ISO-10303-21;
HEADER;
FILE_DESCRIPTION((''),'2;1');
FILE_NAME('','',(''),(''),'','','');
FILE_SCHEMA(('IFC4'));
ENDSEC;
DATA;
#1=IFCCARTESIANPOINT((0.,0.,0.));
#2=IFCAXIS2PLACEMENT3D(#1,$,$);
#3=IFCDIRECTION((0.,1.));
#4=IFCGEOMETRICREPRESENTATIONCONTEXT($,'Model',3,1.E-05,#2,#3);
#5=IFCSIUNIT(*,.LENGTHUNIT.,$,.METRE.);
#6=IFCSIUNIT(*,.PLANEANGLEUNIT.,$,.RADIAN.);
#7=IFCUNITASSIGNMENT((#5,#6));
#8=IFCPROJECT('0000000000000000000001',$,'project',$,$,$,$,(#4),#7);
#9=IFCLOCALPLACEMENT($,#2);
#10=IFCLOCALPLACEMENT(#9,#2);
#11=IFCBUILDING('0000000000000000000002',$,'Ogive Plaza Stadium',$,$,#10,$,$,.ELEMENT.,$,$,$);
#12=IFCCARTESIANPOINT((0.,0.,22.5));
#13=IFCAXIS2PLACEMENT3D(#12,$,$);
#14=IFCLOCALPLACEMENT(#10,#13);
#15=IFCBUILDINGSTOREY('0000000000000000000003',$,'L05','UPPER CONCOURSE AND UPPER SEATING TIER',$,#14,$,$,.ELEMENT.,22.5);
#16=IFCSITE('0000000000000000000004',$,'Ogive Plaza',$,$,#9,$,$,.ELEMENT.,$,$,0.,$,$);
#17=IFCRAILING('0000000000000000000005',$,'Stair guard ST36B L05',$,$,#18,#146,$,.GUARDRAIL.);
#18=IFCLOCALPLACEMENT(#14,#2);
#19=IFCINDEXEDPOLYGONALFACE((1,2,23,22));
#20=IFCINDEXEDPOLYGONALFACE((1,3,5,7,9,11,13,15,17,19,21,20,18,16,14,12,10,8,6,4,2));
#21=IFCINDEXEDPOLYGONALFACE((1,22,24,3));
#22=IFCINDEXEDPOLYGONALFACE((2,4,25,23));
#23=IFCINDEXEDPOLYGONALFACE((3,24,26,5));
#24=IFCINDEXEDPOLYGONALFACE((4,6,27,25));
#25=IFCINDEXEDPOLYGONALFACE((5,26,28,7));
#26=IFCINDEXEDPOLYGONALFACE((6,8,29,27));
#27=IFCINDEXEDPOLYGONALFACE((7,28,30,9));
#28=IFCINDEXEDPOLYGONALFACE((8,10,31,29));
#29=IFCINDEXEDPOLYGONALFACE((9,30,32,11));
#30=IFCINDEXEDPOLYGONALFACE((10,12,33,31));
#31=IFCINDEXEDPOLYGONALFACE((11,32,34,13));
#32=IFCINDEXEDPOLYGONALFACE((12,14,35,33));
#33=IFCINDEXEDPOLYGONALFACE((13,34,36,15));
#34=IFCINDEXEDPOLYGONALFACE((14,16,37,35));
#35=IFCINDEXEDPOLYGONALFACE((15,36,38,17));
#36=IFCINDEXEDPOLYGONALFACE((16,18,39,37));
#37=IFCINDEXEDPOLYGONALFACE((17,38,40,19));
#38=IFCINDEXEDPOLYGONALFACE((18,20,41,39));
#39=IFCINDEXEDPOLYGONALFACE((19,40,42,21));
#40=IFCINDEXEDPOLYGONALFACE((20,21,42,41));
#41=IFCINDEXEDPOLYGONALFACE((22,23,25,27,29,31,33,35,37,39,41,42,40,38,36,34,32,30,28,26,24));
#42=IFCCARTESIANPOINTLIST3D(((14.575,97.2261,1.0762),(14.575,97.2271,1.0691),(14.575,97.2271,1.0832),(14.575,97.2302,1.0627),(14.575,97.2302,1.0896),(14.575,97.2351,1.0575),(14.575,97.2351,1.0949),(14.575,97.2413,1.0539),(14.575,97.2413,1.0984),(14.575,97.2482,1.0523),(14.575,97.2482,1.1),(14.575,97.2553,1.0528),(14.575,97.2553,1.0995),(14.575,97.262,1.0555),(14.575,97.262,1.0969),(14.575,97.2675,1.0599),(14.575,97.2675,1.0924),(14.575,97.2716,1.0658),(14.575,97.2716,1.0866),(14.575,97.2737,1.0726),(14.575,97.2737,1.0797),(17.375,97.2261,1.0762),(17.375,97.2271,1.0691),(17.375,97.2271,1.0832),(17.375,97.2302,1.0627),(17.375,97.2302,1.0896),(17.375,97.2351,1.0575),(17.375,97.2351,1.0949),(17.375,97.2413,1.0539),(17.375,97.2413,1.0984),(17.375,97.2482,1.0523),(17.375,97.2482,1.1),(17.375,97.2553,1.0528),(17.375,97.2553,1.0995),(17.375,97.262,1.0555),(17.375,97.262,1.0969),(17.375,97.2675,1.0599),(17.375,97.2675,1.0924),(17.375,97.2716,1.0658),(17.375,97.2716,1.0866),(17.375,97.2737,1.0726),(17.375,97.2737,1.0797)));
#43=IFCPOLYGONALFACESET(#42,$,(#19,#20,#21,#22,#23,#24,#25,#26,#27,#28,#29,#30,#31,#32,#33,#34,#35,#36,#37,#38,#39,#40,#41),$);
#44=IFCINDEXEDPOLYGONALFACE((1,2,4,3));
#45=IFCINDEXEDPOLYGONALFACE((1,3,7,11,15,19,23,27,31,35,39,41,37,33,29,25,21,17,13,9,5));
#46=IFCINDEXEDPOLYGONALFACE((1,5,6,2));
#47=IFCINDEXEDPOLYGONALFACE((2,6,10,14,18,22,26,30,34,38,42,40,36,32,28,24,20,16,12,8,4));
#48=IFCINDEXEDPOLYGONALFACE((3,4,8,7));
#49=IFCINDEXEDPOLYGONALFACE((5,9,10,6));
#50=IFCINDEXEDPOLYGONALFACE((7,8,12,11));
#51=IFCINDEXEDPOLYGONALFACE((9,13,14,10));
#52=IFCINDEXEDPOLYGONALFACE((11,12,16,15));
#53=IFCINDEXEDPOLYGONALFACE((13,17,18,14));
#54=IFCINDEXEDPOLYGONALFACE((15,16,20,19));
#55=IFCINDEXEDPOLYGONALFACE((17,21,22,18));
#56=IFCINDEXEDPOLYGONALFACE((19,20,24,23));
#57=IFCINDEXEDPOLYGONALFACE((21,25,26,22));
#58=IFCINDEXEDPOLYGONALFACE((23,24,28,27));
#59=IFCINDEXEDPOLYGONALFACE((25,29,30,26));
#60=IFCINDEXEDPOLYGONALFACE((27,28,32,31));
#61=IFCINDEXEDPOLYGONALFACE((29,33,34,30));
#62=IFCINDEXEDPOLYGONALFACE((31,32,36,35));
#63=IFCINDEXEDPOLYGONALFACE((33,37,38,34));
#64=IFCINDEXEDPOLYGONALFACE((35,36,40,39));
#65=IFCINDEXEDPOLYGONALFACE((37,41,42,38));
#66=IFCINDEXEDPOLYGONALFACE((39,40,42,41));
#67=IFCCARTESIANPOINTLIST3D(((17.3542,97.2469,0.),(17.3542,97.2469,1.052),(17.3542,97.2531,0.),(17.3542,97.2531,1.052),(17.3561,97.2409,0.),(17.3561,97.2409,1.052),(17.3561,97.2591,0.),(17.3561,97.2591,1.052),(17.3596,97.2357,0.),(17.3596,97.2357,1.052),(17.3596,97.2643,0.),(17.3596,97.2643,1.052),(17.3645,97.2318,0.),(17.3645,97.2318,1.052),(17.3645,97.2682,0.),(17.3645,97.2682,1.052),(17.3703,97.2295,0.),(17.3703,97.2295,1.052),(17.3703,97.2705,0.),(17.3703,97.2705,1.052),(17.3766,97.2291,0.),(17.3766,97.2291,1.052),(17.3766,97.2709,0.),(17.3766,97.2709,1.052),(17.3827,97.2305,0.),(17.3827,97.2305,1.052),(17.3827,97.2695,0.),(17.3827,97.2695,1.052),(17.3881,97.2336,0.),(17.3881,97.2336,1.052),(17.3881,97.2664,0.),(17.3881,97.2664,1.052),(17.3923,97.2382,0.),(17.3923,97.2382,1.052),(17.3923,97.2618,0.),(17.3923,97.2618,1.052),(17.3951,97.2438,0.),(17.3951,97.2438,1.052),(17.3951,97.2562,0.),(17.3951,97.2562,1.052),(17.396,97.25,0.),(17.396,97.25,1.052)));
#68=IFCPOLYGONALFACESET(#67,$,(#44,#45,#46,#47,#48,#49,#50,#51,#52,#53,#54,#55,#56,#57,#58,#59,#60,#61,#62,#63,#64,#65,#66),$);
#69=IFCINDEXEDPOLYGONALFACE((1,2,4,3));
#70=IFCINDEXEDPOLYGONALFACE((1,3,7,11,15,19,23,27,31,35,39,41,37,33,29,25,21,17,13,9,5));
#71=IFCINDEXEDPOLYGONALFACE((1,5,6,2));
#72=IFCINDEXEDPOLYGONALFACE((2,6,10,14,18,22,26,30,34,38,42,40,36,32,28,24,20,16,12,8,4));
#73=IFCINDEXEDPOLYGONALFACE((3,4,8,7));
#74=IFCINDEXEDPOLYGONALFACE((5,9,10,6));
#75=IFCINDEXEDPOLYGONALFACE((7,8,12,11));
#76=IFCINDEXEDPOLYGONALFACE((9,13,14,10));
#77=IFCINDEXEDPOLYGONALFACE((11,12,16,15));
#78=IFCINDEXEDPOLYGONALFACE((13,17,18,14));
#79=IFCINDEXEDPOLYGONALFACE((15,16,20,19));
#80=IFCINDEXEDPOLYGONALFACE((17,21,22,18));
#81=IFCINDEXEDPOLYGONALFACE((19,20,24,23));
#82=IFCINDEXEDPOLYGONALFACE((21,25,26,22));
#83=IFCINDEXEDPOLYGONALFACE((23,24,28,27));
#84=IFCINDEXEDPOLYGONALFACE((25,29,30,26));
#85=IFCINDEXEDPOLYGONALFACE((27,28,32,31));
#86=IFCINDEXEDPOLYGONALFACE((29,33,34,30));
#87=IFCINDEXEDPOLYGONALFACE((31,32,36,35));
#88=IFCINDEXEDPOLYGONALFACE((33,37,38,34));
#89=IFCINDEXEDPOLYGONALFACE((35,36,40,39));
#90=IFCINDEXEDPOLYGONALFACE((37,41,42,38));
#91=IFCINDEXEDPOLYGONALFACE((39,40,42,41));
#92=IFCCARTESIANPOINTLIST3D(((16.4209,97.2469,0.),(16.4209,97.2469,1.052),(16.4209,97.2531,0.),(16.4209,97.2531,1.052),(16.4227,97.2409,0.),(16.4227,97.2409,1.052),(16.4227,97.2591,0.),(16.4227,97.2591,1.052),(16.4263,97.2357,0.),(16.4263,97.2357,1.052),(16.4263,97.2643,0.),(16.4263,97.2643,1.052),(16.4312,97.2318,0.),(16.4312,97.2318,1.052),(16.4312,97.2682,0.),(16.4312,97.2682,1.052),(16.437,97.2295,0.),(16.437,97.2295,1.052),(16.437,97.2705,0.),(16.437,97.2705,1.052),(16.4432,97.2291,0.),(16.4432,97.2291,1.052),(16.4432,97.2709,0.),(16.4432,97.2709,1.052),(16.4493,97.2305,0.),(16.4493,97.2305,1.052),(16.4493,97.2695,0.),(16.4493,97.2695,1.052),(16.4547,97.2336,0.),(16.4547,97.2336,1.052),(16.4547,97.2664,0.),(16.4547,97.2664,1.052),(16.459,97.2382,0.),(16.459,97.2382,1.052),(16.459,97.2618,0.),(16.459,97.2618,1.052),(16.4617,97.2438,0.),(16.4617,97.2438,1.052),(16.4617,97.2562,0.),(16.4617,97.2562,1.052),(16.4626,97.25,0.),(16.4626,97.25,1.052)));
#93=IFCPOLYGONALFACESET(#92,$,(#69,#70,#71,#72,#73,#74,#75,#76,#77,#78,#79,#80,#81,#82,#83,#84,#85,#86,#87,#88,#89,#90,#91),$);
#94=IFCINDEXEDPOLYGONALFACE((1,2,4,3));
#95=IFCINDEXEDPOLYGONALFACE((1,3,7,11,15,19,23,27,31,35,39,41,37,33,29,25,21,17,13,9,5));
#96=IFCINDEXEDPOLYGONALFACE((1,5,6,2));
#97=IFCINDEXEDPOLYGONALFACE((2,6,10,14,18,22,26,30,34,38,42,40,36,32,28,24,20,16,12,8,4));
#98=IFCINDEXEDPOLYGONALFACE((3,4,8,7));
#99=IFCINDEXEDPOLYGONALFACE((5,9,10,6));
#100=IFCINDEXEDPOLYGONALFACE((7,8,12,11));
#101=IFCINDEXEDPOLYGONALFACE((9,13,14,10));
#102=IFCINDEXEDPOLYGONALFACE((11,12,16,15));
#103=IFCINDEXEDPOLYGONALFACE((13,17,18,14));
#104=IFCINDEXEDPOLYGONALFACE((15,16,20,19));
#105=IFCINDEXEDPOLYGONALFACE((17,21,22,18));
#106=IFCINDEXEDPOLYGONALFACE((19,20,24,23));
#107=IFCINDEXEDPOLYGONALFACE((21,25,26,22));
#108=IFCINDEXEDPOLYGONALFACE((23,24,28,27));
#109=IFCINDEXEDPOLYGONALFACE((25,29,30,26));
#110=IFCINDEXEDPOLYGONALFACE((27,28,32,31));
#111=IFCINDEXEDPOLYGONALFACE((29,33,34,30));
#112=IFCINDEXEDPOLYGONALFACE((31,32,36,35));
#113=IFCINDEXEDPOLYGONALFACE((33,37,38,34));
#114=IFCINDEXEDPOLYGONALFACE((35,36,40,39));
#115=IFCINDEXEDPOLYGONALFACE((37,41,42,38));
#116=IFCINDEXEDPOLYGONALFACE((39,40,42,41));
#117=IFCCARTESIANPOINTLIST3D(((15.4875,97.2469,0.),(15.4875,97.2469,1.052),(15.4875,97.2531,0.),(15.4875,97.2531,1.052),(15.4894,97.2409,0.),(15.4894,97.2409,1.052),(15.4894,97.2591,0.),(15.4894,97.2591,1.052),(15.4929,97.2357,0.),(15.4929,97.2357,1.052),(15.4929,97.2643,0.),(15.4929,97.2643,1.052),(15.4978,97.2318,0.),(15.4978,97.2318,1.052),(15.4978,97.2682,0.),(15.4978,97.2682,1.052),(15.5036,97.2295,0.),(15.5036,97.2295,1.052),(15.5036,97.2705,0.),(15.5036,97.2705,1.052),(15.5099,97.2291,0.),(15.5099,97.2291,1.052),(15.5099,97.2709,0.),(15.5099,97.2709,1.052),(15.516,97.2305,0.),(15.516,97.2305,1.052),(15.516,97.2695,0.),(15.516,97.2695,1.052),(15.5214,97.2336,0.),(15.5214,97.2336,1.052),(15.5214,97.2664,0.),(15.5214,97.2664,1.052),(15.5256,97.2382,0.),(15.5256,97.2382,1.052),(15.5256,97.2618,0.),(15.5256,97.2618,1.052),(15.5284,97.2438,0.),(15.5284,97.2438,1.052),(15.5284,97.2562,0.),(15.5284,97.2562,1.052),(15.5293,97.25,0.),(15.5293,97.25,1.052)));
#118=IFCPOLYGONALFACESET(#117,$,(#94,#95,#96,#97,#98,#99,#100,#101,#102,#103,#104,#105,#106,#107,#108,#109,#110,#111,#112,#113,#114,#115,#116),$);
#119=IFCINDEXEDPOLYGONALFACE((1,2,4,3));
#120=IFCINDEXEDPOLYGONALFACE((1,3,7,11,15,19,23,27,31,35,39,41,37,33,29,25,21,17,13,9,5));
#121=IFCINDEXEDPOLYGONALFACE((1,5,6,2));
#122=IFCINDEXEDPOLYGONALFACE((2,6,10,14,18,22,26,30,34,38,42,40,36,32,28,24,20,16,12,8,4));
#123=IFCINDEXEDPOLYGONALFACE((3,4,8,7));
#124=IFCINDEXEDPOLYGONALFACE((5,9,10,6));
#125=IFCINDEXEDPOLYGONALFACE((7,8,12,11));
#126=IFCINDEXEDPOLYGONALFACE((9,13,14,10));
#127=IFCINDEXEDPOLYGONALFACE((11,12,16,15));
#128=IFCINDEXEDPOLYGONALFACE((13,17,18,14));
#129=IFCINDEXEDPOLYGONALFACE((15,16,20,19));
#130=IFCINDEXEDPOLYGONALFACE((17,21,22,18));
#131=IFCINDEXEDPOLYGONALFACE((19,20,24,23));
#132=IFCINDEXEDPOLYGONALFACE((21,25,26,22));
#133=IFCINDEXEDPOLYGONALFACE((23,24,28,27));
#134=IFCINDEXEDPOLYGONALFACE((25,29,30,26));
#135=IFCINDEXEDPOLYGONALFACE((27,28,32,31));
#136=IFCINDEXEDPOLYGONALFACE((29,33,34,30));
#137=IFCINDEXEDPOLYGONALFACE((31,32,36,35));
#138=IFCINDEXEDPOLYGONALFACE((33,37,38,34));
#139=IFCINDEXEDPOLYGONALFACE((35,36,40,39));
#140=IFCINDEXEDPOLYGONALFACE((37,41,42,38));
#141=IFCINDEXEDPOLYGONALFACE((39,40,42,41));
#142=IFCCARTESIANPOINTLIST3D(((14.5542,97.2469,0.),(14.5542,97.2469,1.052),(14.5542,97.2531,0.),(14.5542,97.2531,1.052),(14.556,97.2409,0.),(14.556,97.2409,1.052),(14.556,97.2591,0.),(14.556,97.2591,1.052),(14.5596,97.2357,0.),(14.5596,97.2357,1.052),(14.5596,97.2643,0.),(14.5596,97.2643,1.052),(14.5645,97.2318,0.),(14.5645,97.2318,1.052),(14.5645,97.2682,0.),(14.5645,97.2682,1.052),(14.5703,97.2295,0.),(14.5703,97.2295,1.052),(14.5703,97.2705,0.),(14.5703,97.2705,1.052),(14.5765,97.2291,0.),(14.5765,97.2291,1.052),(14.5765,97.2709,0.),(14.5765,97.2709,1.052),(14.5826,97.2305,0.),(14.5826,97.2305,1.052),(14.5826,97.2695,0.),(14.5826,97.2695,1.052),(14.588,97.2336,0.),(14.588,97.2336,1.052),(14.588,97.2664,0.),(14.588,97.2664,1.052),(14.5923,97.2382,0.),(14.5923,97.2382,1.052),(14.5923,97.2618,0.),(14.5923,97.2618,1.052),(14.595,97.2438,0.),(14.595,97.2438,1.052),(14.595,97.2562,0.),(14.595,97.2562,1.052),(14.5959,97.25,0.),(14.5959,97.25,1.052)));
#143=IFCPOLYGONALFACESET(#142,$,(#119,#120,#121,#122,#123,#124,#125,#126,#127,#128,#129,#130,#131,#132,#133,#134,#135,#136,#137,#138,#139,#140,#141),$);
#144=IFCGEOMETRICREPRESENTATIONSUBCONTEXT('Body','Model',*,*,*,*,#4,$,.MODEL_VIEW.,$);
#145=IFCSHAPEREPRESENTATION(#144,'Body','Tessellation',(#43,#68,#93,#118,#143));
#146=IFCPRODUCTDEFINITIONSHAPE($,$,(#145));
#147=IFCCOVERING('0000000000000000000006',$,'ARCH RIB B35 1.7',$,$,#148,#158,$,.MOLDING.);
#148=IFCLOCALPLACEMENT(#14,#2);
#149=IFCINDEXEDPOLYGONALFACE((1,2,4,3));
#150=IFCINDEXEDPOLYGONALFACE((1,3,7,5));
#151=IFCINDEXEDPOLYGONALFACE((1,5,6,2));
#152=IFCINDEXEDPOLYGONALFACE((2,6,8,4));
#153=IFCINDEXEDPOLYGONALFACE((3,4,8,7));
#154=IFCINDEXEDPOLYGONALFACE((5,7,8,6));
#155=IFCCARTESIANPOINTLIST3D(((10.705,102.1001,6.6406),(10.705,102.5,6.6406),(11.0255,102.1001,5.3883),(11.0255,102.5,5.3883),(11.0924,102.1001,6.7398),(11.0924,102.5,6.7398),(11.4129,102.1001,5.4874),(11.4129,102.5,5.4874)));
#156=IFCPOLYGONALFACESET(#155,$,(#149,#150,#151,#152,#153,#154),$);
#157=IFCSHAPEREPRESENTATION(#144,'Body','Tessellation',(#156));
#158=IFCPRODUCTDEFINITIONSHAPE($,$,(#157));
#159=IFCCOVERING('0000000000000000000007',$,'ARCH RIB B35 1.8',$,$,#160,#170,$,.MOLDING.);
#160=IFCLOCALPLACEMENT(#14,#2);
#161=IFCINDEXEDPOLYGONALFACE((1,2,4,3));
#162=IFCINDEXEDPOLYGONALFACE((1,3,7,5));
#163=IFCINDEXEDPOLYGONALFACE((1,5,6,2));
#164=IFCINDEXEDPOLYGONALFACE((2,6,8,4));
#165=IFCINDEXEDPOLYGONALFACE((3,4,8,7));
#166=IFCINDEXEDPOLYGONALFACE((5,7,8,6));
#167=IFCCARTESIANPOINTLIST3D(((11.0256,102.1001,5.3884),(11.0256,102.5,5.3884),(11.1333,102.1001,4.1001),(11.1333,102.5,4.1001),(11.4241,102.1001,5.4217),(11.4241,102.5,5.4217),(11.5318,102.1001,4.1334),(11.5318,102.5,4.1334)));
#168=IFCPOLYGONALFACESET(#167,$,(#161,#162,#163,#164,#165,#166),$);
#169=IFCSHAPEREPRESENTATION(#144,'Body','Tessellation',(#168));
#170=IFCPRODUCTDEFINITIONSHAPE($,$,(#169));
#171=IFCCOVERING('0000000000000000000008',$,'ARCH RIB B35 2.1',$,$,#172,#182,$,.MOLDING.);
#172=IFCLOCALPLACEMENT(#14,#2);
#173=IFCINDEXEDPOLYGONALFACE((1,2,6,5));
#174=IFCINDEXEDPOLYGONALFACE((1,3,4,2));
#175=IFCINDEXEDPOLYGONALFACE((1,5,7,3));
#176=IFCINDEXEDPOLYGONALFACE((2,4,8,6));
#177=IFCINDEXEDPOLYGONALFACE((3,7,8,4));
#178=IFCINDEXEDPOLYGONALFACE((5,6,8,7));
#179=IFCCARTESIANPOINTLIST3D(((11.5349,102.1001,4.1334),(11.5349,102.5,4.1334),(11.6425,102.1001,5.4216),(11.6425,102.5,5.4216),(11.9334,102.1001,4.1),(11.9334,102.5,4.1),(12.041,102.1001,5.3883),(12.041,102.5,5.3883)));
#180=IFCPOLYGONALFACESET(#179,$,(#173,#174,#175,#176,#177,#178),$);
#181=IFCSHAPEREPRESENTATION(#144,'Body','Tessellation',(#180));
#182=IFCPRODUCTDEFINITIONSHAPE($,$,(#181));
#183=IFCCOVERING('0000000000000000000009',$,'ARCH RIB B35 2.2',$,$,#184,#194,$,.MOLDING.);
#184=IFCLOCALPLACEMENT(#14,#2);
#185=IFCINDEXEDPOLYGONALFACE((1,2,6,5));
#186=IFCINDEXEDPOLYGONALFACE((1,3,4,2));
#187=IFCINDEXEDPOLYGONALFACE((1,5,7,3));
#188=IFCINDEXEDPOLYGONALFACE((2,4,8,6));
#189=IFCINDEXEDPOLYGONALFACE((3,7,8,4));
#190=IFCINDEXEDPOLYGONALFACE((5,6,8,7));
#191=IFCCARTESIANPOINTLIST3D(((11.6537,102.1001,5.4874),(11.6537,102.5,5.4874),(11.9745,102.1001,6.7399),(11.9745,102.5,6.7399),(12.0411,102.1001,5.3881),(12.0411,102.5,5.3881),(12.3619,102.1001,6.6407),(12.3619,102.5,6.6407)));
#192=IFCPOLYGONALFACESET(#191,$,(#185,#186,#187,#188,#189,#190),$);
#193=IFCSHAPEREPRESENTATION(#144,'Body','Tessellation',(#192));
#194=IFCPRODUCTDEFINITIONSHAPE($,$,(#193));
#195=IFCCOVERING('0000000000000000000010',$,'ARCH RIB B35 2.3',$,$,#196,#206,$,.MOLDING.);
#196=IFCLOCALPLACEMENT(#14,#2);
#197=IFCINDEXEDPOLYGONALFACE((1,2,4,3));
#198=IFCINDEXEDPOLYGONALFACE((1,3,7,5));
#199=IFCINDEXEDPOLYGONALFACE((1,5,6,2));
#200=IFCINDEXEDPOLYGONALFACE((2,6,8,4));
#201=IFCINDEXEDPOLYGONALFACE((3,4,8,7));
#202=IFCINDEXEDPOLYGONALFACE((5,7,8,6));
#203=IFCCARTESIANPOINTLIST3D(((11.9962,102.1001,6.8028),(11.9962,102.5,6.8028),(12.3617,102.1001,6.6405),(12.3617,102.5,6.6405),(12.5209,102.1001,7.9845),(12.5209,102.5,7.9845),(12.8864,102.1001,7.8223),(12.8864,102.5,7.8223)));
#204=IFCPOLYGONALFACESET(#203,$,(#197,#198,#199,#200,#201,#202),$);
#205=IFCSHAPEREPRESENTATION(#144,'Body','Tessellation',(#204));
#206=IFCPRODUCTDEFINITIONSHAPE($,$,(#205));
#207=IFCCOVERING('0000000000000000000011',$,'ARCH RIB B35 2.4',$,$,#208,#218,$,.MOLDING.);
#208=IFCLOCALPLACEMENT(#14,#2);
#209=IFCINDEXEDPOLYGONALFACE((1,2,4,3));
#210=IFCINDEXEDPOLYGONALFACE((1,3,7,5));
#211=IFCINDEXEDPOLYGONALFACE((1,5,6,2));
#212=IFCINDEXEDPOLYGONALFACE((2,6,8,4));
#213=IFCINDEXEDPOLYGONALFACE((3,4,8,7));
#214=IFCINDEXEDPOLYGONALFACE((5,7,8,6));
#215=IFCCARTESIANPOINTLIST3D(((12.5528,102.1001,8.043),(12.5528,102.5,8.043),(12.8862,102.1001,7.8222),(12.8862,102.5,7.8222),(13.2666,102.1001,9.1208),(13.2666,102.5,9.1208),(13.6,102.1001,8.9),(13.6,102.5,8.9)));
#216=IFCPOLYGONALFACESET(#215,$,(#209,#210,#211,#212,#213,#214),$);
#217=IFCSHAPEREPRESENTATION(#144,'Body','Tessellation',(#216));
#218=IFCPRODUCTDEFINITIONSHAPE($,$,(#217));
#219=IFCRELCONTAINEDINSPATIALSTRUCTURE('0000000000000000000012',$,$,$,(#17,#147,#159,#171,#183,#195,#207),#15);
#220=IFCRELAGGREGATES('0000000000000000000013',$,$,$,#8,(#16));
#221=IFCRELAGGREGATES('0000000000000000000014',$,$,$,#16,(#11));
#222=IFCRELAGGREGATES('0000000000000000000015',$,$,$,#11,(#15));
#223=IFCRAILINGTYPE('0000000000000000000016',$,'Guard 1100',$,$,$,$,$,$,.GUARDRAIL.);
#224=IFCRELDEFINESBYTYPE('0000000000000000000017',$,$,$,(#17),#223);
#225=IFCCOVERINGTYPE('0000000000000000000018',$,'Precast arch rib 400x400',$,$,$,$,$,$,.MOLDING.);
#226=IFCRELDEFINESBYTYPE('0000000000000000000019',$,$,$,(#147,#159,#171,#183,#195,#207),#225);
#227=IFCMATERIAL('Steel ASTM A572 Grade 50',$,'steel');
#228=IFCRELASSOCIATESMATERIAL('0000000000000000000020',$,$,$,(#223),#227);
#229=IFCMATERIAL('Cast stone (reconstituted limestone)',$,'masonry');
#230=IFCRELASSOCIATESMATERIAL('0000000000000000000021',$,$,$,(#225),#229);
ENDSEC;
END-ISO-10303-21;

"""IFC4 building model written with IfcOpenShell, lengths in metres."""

from ifc_helpers import new_model, si_unit, direction, frame, origin, origin_2d, place, context, subcontext, project, spatial, rectangle, circle, extrude, material, material_profile, profile_set, type_object, element, save


model = new_model("IFC4")

# Units and contexts
model_context = context("Model", 3, precision=1e-05, world=origin(), true_north=direction((0.0, 1.0)))
body_context = subcontext(model_context, "Body", "Model", "MODEL_VIEW")
ifc_project = project(units=[si_unit("LENGTHUNIT", "METRE"), si_unit("PLANEANGLEUNIT", "RADIAN")], contexts=[model_context])

# Site, building, storey
site_placement = place(None, origin())
site = spatial("IfcSite", under=ifc_project, at=site_placement, Name="Ogive Plaza", CompositionType="ELEMENT", RefElevation=0.0)
building_placement = place(site_placement, origin())
building = spatial("IfcBuilding", under=site, at=building_placement, Name="Ogive Plaza Stadium", CompositionType="ELEMENT")
storey_placement = place(building_placement, frame((0.0, 0.0, 22.5)))
storey = spatial("IfcBuildingStorey", under=building, at=storey_placement, Name="L05", Description="UPPER CONCOURSE AND UPPER SEATING TIER", CompositionType="ELEMENT", Elevation=22.5)

# Railing
ifc_material_1 = material(Name="Steel ASTM A572 Grade 50", Category="steel")
railing_type = type_object("IfcRailingType", Name="Guard 1100", PredefinedType="GUARDRAIL", material=ifc_material_1)
railing_1_placement = place(storey_placement, frame((17.375, 97.25, 0.0)))
element("IfcRailing", 1, at=railing_1_placement, inside=storey, type_object=railing_type, Name="Stair guard ST36B L05", PredefinedType="GUARDRAIL", context=body_context, shape_type="SweptSolid", body=[
    extrude(circle(Radius=0.0239, at=origin_2d()), frame((0.0, 0.0, 1.0762), z_axis=(-1.0, 0.0, 0.0), x_axis=(0.0, -1.0, 0.0)), (0.0, 0.0, 1.0), 2.8),
    extrude(circle(Radius=0.021, at=origin_2d()), origin(), (0.0, 0.0, 1.0), 1.052),
    extrude(circle(Radius=0.021, at=origin_2d()), frame((-0.9333, 0.0, 0.0)), (0.0, 0.0, 1.0), 1.052),
    extrude(circle(Radius=0.021, at=origin_2d()), frame((-1.8667, 0.0, 0.0)), (0.0, 0.0, 1.0), 1.052),
    extrude(circle(Radius=0.021, at=origin_2d()), frame((-2.8, 0.0, 0.0)), (0.0, 0.0, 1.0), 1.052),
])

# Coverings
ifc_material_2 = material(Name="Cast stone (reconstituted limestone)", Category="masonry")
ifc_material_profile_1 = material_profile(ifc_material_2, rectangle(XDim=0.3999, YDim=0.3999, at=origin_2d()), Name="Cast stone 400x400")
ifc_profile_set_1 = profile_set([ifc_material_profile_1], Name="Cast stone (reconstituted limestone)")
covering_type_1 = type_object("IfcCoveringType", Name="Precast arch rib 400x400", PredefinedType="MOLDING", material=ifc_profile_set_1)
for number, where, z_axis, x_axis, name in (
    (2, (10.8987, 102.3, 6.6902), (0.247953, 0.0, -0.968772), (0.0, 1.0, 0.0), "ARCH RIB B35 1.7"),
    (3, (11.2249, 102.3, 5.405), (0.08328, 0.0, -0.996526), (0.0, 1.0, 0.0), "ARCH RIB B35 1.8"),
    (4, (11.7341, 102.3, 4.1167), (0.08328, 0.0, 0.996526), (0.0, 1.0, 0.0), "ARCH RIB B35 2.1"),
):
    element("IfcCovering", number, at=place(storey_placement, frame(where, z_axis=z_axis, x_axis=x_axis)), inside=storey, type_object=covering_type_1, Name=name, PredefinedType="MOLDING", context=body_context, shape_type="SweptSolid", body=[
        extrude(rectangle(XDim=0.3999, YDim=0.3999, at=origin_2d()), origin(), (0.0, 0.0, 1.0), 1.2927),
    ])
for number, where, z_axis, x_axis, name in (
    (5, (11.8474, 102.3, 5.4377), (0.24813, 0.0, 0.968727), (0.0, 1.0, 0.0), "ARCH RIB B35 2.2"),
    (6, (12.179, 102.3, 6.7217), (0.405806, 0.0, 0.913959), (0.0, 1.0, 0.0), "ARCH RIB B35 2.3"),
):
    element("IfcCovering", number, at=place(storey_placement, frame(where, z_axis=z_axis, x_axis=x_axis)), inside=storey, type_object=covering_type_1, Name=name, PredefinedType="MOLDING", context=body_context, shape_type="SweptSolid", body=[
        extrude(rectangle(XDim=0.3999, YDim=0.3999, at=origin_2d()), origin(), (0.0, 0.0, 1.0), 1.293),
    ])
covering_1_placement = place(storey_placement, frame((12.7195, 102.3, 7.9326), z_axis=(0.55217, 0.0, 0.833731), x_axis=(0.0, 1.0, 0.0)))
element("IfcCovering", 7, at=covering_1_placement, inside=storey, type_object=covering_type_1, Name="ARCH RIB B35 2.4", PredefinedType="MOLDING", context=body_context, shape_type="SweptSolid", body=[
    extrude(rectangle(XDim=0.3999, YDim=0.3999, at=origin_2d()), origin(), (0.0, 0.0, 1.0), 1.2927),
])

save(model, "model.ifc")
